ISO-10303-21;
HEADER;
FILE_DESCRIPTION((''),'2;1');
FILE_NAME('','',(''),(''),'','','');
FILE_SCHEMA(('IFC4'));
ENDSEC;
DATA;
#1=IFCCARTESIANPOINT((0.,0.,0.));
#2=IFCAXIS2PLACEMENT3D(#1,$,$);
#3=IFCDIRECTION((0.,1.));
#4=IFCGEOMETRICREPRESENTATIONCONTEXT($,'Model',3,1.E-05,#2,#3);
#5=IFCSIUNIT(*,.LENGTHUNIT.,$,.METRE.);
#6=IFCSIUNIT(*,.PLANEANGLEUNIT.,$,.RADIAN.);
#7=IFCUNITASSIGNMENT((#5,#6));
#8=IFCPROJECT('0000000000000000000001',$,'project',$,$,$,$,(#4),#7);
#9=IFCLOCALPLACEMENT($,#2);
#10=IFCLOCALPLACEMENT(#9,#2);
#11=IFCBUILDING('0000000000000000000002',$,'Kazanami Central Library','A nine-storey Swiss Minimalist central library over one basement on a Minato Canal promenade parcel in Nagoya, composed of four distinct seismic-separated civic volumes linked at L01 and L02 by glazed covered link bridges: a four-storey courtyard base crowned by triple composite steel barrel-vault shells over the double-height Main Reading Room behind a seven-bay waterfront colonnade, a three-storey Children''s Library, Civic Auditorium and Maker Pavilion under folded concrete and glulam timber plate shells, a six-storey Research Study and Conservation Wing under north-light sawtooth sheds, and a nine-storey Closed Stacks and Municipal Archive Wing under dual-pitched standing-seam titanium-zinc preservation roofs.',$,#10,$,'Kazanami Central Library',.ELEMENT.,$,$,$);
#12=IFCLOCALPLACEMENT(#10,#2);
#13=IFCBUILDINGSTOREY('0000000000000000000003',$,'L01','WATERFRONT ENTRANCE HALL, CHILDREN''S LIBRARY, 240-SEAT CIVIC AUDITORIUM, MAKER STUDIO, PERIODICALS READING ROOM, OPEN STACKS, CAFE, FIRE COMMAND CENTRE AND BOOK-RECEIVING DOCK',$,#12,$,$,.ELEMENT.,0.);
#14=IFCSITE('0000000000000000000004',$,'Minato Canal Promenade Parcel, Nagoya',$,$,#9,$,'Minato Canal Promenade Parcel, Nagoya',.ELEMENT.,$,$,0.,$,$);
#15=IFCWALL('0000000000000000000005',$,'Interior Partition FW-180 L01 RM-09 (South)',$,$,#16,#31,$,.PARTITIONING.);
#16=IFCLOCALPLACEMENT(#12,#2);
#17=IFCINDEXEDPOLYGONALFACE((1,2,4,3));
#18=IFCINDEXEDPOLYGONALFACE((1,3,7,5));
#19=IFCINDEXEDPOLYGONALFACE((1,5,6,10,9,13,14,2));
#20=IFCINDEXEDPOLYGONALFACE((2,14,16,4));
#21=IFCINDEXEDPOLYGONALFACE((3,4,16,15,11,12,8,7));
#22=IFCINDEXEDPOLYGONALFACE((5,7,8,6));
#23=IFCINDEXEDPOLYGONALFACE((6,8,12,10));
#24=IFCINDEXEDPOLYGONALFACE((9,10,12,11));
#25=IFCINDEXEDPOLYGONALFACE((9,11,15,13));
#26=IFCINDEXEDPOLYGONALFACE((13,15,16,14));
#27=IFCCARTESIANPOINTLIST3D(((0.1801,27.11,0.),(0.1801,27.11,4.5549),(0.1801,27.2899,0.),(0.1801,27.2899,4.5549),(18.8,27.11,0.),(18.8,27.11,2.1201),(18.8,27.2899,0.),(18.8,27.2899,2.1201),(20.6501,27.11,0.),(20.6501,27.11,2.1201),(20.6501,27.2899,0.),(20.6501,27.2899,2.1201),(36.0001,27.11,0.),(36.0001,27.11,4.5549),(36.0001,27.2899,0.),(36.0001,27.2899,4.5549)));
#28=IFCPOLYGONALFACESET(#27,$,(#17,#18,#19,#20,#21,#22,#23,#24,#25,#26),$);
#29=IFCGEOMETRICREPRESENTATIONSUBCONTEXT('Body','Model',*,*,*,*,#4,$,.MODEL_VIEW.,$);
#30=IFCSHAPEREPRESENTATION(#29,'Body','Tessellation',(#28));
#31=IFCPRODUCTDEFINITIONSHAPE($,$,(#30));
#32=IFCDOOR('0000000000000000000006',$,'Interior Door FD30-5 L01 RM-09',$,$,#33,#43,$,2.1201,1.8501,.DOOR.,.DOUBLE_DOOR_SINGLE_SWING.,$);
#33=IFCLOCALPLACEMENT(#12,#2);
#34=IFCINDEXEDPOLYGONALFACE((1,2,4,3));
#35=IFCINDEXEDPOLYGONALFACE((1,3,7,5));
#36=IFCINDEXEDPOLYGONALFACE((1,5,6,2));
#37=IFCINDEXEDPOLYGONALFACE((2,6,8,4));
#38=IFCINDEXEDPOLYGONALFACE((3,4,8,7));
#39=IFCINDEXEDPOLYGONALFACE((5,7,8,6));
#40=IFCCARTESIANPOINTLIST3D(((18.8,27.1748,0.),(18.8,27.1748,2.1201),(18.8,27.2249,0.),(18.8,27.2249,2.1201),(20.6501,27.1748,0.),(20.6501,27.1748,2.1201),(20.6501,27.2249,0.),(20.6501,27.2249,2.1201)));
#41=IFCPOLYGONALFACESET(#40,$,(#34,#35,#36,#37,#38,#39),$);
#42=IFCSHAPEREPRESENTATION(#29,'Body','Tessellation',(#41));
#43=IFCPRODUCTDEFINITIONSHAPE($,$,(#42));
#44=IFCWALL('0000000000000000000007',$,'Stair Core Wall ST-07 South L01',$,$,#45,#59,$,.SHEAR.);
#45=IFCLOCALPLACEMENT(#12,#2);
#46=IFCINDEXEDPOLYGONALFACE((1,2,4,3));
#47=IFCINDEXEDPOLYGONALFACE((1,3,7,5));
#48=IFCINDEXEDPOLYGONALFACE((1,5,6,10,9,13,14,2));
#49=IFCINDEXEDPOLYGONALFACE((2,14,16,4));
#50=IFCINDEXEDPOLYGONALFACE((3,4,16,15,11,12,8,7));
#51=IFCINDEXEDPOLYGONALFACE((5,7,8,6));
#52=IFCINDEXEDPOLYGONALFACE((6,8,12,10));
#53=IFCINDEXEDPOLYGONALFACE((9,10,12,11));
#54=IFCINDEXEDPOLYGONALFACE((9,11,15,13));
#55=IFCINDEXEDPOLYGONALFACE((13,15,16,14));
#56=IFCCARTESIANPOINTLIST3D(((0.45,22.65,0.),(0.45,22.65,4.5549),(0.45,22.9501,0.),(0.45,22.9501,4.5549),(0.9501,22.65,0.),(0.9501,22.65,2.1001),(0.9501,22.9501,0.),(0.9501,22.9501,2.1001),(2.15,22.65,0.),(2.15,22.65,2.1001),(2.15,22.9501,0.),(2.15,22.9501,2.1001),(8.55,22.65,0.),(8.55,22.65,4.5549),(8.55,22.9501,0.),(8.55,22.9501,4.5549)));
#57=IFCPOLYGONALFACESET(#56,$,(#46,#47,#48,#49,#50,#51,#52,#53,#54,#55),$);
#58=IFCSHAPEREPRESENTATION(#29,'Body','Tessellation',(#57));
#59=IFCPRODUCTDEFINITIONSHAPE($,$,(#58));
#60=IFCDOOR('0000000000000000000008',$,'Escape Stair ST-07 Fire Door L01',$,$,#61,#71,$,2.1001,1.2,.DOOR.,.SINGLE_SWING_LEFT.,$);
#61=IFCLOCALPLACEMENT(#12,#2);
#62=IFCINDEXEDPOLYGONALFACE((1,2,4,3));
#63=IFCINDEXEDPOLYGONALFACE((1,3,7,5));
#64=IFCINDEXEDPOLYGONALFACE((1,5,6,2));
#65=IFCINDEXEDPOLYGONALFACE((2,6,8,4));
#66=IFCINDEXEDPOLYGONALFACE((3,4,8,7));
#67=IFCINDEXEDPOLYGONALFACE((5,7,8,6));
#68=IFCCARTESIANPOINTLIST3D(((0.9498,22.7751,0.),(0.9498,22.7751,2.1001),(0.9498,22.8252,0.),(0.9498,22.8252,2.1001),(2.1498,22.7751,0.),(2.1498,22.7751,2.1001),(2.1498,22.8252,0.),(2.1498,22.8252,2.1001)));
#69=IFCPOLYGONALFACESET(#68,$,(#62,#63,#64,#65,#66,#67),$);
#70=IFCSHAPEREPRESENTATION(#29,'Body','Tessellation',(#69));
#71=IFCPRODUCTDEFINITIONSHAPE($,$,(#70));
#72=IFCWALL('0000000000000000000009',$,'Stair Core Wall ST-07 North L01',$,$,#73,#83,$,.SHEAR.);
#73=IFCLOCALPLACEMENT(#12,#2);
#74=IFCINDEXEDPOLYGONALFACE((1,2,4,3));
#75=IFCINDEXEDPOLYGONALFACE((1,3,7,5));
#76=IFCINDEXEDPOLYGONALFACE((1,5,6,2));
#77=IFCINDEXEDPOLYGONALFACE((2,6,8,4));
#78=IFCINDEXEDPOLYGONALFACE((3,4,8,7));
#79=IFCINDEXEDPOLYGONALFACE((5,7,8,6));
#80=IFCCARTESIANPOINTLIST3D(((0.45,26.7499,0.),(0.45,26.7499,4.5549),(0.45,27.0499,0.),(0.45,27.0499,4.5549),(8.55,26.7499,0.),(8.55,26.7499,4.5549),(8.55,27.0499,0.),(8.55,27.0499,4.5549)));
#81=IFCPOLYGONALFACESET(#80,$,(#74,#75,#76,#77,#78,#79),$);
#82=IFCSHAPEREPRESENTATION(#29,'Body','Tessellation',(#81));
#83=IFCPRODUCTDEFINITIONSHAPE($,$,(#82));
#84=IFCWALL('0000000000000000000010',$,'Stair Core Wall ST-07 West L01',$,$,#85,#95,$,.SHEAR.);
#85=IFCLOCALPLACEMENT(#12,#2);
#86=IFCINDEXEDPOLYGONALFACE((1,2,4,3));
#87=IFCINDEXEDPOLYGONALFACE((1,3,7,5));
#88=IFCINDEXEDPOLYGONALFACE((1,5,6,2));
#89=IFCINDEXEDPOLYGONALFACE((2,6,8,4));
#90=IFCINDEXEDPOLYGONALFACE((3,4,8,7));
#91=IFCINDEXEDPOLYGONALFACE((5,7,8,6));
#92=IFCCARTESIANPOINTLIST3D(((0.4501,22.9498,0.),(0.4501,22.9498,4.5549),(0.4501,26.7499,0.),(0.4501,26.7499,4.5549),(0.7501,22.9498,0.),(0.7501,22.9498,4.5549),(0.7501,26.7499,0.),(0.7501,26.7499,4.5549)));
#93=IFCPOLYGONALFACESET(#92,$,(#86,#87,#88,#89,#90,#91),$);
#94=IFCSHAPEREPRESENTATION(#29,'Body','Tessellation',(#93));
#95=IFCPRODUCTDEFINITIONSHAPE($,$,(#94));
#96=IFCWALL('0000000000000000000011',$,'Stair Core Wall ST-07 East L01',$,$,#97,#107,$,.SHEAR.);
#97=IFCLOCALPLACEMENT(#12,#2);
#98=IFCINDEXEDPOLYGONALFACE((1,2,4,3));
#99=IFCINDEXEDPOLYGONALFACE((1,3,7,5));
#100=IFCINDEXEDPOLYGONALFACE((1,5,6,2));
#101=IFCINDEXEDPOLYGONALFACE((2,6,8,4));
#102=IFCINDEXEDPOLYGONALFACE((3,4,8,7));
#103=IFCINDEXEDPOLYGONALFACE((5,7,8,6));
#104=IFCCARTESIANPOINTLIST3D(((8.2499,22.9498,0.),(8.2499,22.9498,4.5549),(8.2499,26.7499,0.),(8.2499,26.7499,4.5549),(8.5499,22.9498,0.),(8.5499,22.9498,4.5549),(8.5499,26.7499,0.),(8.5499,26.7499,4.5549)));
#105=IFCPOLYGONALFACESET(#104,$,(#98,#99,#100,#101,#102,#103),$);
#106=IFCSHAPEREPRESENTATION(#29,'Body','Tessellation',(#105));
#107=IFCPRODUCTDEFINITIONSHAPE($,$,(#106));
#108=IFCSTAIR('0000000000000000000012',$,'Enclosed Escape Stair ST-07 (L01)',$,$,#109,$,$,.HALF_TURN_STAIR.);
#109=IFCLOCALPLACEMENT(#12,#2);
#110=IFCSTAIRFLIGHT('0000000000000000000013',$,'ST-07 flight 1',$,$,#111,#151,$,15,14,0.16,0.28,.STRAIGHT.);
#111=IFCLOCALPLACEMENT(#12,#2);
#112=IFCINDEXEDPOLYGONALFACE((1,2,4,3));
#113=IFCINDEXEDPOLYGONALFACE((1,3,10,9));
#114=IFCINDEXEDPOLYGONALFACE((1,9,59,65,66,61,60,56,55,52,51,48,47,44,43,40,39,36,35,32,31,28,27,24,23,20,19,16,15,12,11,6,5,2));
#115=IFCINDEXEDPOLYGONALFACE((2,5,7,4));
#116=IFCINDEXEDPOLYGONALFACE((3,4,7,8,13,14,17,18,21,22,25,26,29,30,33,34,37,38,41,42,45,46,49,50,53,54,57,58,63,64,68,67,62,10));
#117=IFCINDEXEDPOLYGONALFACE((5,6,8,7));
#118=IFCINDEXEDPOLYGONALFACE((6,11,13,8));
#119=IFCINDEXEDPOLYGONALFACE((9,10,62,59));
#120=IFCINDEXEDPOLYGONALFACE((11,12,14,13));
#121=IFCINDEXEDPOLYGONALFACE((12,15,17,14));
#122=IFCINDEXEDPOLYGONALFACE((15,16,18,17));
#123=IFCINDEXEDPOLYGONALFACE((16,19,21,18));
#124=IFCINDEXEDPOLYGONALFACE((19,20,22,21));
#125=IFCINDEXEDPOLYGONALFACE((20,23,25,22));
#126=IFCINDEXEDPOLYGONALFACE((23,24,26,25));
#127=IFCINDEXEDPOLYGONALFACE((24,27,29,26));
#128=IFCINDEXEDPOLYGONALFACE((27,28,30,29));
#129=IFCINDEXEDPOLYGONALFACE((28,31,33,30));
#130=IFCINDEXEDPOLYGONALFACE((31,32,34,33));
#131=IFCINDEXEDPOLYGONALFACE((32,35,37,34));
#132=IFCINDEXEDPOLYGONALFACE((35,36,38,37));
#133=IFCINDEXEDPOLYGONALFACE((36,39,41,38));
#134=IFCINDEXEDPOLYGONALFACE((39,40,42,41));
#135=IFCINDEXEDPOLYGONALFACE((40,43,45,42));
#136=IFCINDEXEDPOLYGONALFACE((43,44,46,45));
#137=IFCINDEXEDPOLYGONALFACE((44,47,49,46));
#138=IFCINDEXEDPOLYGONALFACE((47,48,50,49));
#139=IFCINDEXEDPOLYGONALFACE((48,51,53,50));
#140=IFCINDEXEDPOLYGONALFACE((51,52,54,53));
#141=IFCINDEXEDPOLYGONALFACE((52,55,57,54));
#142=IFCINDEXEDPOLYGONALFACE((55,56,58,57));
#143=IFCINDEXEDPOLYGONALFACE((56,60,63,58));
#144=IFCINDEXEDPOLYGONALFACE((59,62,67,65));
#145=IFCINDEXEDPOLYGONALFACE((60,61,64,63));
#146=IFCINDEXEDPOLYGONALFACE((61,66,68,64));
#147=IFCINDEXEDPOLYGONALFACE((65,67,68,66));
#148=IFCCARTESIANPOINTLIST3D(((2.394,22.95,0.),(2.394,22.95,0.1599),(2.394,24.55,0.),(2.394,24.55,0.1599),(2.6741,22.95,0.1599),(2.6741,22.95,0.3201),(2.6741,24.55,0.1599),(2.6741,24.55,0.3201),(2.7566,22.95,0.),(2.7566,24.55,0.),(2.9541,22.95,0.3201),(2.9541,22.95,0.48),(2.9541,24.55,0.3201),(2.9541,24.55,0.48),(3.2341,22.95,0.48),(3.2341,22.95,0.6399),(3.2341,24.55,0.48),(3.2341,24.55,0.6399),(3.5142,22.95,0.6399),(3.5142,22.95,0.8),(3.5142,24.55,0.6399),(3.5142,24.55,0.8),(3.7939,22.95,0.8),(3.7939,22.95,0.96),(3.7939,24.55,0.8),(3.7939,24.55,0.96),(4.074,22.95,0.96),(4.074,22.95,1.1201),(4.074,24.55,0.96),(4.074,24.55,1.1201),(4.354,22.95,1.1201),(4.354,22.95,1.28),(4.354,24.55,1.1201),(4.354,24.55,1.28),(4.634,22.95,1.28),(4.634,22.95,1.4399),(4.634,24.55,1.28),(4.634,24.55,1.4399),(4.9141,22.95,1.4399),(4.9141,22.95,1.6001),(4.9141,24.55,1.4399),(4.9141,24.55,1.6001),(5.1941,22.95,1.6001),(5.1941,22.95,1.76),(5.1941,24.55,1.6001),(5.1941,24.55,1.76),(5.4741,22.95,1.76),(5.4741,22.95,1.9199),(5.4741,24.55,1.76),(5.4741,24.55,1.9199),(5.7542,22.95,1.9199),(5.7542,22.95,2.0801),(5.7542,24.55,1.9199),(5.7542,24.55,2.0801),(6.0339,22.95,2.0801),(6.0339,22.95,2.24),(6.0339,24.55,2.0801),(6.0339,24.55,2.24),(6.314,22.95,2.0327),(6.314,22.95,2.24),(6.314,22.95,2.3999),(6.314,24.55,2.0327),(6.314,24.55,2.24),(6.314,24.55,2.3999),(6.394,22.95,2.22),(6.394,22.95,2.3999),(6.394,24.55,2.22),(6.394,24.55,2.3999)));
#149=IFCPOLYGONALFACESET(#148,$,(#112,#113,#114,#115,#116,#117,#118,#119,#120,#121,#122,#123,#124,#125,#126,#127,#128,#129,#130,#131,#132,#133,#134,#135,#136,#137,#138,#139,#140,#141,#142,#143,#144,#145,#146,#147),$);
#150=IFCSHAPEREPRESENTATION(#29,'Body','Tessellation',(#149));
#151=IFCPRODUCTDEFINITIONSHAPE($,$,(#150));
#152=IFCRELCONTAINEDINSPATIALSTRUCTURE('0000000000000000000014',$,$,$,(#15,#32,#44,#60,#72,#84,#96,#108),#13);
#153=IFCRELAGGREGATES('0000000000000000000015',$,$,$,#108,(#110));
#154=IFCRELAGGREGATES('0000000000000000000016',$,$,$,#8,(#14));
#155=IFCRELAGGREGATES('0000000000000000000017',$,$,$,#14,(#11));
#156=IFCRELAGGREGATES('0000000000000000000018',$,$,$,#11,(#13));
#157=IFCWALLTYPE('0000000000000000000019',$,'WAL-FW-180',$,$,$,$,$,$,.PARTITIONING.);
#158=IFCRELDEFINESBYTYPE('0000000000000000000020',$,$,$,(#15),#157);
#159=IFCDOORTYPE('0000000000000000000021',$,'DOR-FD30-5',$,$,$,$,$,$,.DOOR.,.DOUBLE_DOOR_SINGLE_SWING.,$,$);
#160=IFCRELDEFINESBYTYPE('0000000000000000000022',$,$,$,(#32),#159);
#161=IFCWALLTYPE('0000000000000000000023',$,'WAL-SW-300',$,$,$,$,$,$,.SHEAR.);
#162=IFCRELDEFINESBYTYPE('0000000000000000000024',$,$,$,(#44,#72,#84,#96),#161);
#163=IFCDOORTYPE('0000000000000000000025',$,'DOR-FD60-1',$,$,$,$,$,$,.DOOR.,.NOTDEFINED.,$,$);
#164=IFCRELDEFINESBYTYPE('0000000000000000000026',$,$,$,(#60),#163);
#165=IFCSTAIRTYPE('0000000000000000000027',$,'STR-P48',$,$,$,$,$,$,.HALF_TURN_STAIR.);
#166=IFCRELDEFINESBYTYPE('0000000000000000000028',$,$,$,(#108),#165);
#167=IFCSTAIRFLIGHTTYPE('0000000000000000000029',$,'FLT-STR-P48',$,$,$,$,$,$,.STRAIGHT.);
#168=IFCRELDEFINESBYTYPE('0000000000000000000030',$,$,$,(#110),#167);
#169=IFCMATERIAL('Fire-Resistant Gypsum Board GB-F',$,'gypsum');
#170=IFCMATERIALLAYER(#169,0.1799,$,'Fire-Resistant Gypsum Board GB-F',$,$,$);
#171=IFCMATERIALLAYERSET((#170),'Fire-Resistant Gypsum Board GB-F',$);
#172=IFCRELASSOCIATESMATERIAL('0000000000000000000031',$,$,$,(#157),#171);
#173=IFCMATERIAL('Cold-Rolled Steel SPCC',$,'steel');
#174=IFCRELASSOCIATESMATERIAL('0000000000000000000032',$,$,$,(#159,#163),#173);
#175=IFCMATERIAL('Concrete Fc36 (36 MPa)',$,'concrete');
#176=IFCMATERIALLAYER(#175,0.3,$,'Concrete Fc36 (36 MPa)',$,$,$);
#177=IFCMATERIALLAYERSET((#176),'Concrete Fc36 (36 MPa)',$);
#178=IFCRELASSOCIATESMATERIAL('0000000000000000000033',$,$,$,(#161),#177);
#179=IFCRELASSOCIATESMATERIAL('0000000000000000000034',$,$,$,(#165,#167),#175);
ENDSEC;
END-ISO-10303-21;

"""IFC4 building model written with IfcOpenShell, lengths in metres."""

from ifc_helpers import new_model, si_unit, direction, frame, frame_2d, origin, place, context, subcontext, project, spatial, polyline, rectangle, outline, extrude, material, layer, layer_set, type_object, element, fill, aggregate, save


model = new_model("IFC4")

# Units and contexts
model_context = context("Model", 3, precision=1e-05, world=origin(), true_north=direction((0.0, 1.0)))
body_context = subcontext(model_context, "Body", "Model", "MODEL_VIEW")
ifc_project = project(units=[si_unit("LENGTHUNIT", "METRE"), si_unit("PLANEANGLEUNIT", "RADIAN")], contexts=[model_context])

# Site, building, storey
site_placement = place(None, origin())
site = spatial("IfcSite", under=ifc_project, at=site_placement, Name="Minato Canal Promenade Parcel, Nagoya", LongName="Minato Canal Promenade Parcel, Nagoya", CompositionType="ELEMENT", RefElevation=0.0)
building_placement = place(site_placement, origin())
building = spatial("IfcBuilding", under=site, at=building_placement, Name="Kazanami Central Library", Description="A nine-storey Swiss Minimalist central library over one basement on a Minato Canal promenade parcel in Nagoya, composed of four distinct seismic-separated civic volumes linked at L01 and L02 by glazed covered link bridges: a four-storey courtyard base crowned by triple composite steel barrel-vault shells over the double-height Main Reading Room behind a seven-bay waterfront colonnade, a three-storey Children's Library, Civic Auditorium and Maker Pavilion under folded concrete and glulam timber plate shells, a six-storey Research Study and Conservation Wing under north-light sawtooth sheds, and a nine-storey Closed Stacks and Municipal Archive Wing under dual-pitched standing-seam titanium-zinc preservation roofs.", LongName="Kazanami Central Library", CompositionType="ELEMENT")
storey_placement = place(building_placement, origin())
storey = spatial("IfcBuildingStorey", under=building, at=storey_placement, Name="L01", Description="WATERFRONT ENTRANCE HALL, CHILDREN'S LIBRARY, 240-SEAT CIVIC AUDITORIUM, MAKER STUDIO, PERIODICALS READING ROOM, OPEN STACKS, CAFE, FIRE COMMAND CENTRE AND BOOK-RECEIVING DOCK", CompositionType="ELEMENT", Elevation=0.0)

# Shared definitions
ifc_material_1 = material(Name="Concrete Fc36 (36 MPa)", Category="concrete")

# Shared definitions
ifc_material_2 = material(Name="Fire-Resistant Gypsum Board GB-F", Category="gypsum")
ifc_material_3 = material(Name="Cold-Rolled Steel SPCC", Category="steel")

# Walls, openings, doors
ifc_layer_1 = layer(ifc_material_2, 0.1799, Name="Fire-Resistant Gypsum Board GB-F")
ifc_layer_set_1 = layer_set([ifc_layer_1], Name="Fire-Resistant Gypsum Board GB-F")
wall_type_1 = type_object("IfcWallType", Name="WAL-FW-180", PredefinedType="PARTITIONING", material=ifc_layer_set_1)
wall_1_placement = place(storey_placement, frame((0.1799, 27.2, 0.0), z_axis=(0.0, 0.0, 1.0), x_axis=(1.0, 0.0, 0.0)))
wall_1 = element("IfcWall", 1, at=wall_1_placement, inside=storey, type_object=wall_type_1, Name="Interior Partition FW-180 L01 RM-09 (South)", PredefinedType="PARTITIONING", context=body_context, shape_type="SweptSolid", body=[
    extrude(rectangle(XDim=35.8201, YDim=0.1799, at=frame_2d((17.9102, 0.0))), origin(), (0.0, 0.0, 1.0), 4.5549),
])
opening_1_placement = place(wall_1_placement, frame((18.6201, 0.0, 0.0)))
opening_1 = element("IfcOpeningElement", 2, at=opening_1_placement, cuts=wall_1, PredefinedType="OPENING", context=body_context, shape_type="SweptSolid", body=[
    extrude(rectangle(XDim=1.8501, YDim=2.1201, at=frame_2d((0.925, 1.0601))), frame((0.0, 0.1021, 0.0), z_axis=(0.0, -1.0, 0.0), x_axis=(1.0, 0.0, 0.0)), (0.0, 0.0, 1.0), 0.2039),
])
door_type_1 = type_object("IfcDoorType", Name="DOR-FD30-5", OperationType="DOUBLE_DOOR_SINGLE_SWING", PredefinedType="DOOR", material=ifc_material_3)
door_1_placement = place(opening_1_placement, origin())
door_1 = element("IfcDoor", 3, at=door_1_placement, inside=storey, type_object=door_type_1, Name="Interior Door FD30-5 L01 RM-09", OperationType="DOUBLE_DOOR_SINGLE_SWING", OverallHeight=2.1201, OverallWidth=1.8501, PredefinedType="DOOR", context=body_context, shape_type="SweptSolid", body=[
    extrude(rectangle(XDim=1.8501, YDim=2.1201, at=frame_2d((0.925, 1.0601))), frame((0.0, 0.0249, 0.0), z_axis=(0.0, -1.0, 0.0), x_axis=(1.0, 0.0, 0.0)), (0.0, 0.0, 1.0), 0.05),
])
fill(opening_1, door_1)
ifc_layer_2 = layer(ifc_material_1, 0.3, Name="Concrete Fc36 (36 MPa)")
ifc_layer_set_2 = layer_set([ifc_layer_2], Name="Concrete Fc36 (36 MPa)")
wall_type_2 = type_object("IfcWallType", Name="WAL-SW-300", PredefinedType="SHEAR", material=ifc_layer_set_2)
wall_2_placement = place(storey_placement, frame((0.45, 22.8, 0.0), z_axis=(0.0, 0.0, 1.0), x_axis=(1.0, 0.0, 0.0)))
wall_2 = element("IfcWall", 4, at=wall_2_placement, inside=storey, type_object=wall_type_2, Name="Stair Core Wall ST-07 South L01", PredefinedType="SHEAR", context=body_context, shape_type="SweptSolid", body=[
    extrude(rectangle(XDim=8.1001, YDim=0.3, at=frame_2d((4.05, 0.0))), origin(), (0.0, 0.0, 1.0), 4.5549),
])
opening_2_placement = place(wall_2_placement, frame((0.5, 0.0, 0.0)))
opening_2 = element("IfcOpeningElement", 5, at=opening_2_placement, cuts=wall_2, PredefinedType="OPENING", context=body_context, shape_type="SweptSolid", body=[
    extrude(rectangle(XDim=1.2, YDim=2.1001, at=frame_2d((0.6001, 1.05))), frame((0.0, 0.1621, 0.0), z_axis=(0.0, -1.0, 0.0), x_axis=(1.0, 0.0, 0.0)), (0.0, 0.0, 1.0), 0.324),
])
door_type_2 = type_object("IfcDoorType", Name="DOR-FD60-1", OperationType="NOTDEFINED", PredefinedType="DOOR", material=ifc_material_3)
door_2_placement = place(opening_2_placement, frame((1.2, 0.0, 0.0), z_axis=(0.0, 0.0, 1.0), x_axis=(-1.0, 0.0, 0.0)))
door_2 = element("IfcDoor", 6, at=door_2_placement, inside=storey, type_object=door_type_2, Name="Escape Stair ST-07 Fire Door L01", OperationType="SINGLE_SWING_LEFT", OverallHeight=2.1001, OverallWidth=1.2, PredefinedType="DOOR", context=body_context, shape_type="SweptSolid", body=[
    extrude(rectangle(XDim=1.2, YDim=2.1001, at=frame_2d((0.6001, 1.05))), frame((0.0, 0.0249, 0.0), z_axis=(0.0, -1.0, 0.0), x_axis=(1.0, 0.0, 0.0)), (0.0, 0.0, 1.0), 0.05),
])
fill(opening_2, door_2)

# Walls
wall_3_placement = place(storey_placement, frame((0.45, 26.8999, 0.0), z_axis=(0.0, 0.0, 1.0), x_axis=(1.0, 0.0, 0.0)))
element("IfcWall", 7, at=wall_3_placement, inside=storey, type_object=wall_type_2, Name="Stair Core Wall ST-07 North L01", PredefinedType="SHEAR", context=body_context, shape_type="SweptSolid", body=[
    extrude(rectangle(XDim=8.1001, YDim=0.3, at=frame_2d((4.05, 0.0))), origin(), (0.0, 0.0, 1.0), 4.5549),
])
for number, where, z_axis, x_axis, name in (
    (8, (0.6001, 22.95, 0.0), (0.0, 0.0, 1.0), (0.0, 1.0, 0.0), "Stair Core Wall ST-07 West L01"),
    (9, (8.3999, 22.95, 0.0), (0.0, 0.0, 1.0), (0.0, 1.0, 0.0), "Stair Core Wall ST-07 East L01"),
):
    element("IfcWall", number, at=place(storey_placement, frame(where, z_axis=z_axis, x_axis=x_axis)), inside=storey, type_object=wall_type_2, Name=name, PredefinedType="SHEAR", context=body_context, shape_type="SweptSolid", body=[
        extrude(rectangle(XDim=3.8, YDim=0.3, at=frame_2d((1.8999, 0.0))), origin(), (0.0, 0.0, 1.0), 4.5549),
    ])

# Stair, stair flight
stair_type = type_object("IfcStairType", Name="STR-P48", PredefinedType="HALF_TURN_STAIR", material=ifc_material_1)
stair_placement = place(storey_placement, origin())
stair = element("IfcStair", 10, at=stair_placement, inside=storey, type_object=stair_type, Name="Enclosed Escape Stair ST-07 (L01)", PredefinedType="HALF_TURN_STAIR")
stair_flight_type = type_object("IfcStairFlightType", Name="FLT-STR-P48", PredefinedType="STRAIGHT", material=ifc_material_1)
stair_flight_1_placement = place(storey_placement, frame((2.394, 23.75, 0.0), z_axis=(0.0, 0.0, 1.0), x_axis=(1.0, 0.0, 0.0)))
stair_flight_1 = element("IfcStairFlight", 11, at=stair_flight_1_placement, type_object=stair_flight_type, Name="ST-07 flight 1", NumberOfRisers=15, NumberOfTreads=14, PredefinedType="STRAIGHT", RiserHeight=0.16, TreadLength=0.28, context=body_context, shape_type="SweptSolid", body=[
    extrude(outline(polyline([(0.0, 0.0), (0.0, 0.1599), (0.28, 0.1599), (0.28, 0.3201), (0.5601, 0.3201), (0.5601, 0.48), (0.8401, 0.48), (0.8401, 0.6399), (1.1201, 0.6399), (1.1201, 0.8), (1.3999, 0.8), (1.3999, 0.96), (1.6799, 0.96), (1.6799, 1.1201), (1.96, 1.1201), (1.96, 1.28), (2.24, 1.28), (2.24, 1.4399), (2.52, 1.4399), (2.52, 1.6001), (2.8, 1.6001), (2.8, 1.76), (3.0801, 1.76), (3.0801, 1.9199), (3.3601, 1.9199), (3.3601, 2.0801), (3.6399, 2.0801), (3.6399, 2.24), (3.9199, 2.24), (3.9199, 2.3999), (4.0, 2.3999), (4.0, 2.22), (3.9199, 2.0327), (0.3625, 0.0), (0.0, 0.0)])), frame((0.0, 0.8, 0.0), z_axis=(0.0, -1.0, 0.0), x_axis=(1.0, 0.0, 0.0)), (0.0, 0.0, 1.0), 1.6001),
])
aggregate(stair, [stair_flight_1])

save(model, "model.ifc")
